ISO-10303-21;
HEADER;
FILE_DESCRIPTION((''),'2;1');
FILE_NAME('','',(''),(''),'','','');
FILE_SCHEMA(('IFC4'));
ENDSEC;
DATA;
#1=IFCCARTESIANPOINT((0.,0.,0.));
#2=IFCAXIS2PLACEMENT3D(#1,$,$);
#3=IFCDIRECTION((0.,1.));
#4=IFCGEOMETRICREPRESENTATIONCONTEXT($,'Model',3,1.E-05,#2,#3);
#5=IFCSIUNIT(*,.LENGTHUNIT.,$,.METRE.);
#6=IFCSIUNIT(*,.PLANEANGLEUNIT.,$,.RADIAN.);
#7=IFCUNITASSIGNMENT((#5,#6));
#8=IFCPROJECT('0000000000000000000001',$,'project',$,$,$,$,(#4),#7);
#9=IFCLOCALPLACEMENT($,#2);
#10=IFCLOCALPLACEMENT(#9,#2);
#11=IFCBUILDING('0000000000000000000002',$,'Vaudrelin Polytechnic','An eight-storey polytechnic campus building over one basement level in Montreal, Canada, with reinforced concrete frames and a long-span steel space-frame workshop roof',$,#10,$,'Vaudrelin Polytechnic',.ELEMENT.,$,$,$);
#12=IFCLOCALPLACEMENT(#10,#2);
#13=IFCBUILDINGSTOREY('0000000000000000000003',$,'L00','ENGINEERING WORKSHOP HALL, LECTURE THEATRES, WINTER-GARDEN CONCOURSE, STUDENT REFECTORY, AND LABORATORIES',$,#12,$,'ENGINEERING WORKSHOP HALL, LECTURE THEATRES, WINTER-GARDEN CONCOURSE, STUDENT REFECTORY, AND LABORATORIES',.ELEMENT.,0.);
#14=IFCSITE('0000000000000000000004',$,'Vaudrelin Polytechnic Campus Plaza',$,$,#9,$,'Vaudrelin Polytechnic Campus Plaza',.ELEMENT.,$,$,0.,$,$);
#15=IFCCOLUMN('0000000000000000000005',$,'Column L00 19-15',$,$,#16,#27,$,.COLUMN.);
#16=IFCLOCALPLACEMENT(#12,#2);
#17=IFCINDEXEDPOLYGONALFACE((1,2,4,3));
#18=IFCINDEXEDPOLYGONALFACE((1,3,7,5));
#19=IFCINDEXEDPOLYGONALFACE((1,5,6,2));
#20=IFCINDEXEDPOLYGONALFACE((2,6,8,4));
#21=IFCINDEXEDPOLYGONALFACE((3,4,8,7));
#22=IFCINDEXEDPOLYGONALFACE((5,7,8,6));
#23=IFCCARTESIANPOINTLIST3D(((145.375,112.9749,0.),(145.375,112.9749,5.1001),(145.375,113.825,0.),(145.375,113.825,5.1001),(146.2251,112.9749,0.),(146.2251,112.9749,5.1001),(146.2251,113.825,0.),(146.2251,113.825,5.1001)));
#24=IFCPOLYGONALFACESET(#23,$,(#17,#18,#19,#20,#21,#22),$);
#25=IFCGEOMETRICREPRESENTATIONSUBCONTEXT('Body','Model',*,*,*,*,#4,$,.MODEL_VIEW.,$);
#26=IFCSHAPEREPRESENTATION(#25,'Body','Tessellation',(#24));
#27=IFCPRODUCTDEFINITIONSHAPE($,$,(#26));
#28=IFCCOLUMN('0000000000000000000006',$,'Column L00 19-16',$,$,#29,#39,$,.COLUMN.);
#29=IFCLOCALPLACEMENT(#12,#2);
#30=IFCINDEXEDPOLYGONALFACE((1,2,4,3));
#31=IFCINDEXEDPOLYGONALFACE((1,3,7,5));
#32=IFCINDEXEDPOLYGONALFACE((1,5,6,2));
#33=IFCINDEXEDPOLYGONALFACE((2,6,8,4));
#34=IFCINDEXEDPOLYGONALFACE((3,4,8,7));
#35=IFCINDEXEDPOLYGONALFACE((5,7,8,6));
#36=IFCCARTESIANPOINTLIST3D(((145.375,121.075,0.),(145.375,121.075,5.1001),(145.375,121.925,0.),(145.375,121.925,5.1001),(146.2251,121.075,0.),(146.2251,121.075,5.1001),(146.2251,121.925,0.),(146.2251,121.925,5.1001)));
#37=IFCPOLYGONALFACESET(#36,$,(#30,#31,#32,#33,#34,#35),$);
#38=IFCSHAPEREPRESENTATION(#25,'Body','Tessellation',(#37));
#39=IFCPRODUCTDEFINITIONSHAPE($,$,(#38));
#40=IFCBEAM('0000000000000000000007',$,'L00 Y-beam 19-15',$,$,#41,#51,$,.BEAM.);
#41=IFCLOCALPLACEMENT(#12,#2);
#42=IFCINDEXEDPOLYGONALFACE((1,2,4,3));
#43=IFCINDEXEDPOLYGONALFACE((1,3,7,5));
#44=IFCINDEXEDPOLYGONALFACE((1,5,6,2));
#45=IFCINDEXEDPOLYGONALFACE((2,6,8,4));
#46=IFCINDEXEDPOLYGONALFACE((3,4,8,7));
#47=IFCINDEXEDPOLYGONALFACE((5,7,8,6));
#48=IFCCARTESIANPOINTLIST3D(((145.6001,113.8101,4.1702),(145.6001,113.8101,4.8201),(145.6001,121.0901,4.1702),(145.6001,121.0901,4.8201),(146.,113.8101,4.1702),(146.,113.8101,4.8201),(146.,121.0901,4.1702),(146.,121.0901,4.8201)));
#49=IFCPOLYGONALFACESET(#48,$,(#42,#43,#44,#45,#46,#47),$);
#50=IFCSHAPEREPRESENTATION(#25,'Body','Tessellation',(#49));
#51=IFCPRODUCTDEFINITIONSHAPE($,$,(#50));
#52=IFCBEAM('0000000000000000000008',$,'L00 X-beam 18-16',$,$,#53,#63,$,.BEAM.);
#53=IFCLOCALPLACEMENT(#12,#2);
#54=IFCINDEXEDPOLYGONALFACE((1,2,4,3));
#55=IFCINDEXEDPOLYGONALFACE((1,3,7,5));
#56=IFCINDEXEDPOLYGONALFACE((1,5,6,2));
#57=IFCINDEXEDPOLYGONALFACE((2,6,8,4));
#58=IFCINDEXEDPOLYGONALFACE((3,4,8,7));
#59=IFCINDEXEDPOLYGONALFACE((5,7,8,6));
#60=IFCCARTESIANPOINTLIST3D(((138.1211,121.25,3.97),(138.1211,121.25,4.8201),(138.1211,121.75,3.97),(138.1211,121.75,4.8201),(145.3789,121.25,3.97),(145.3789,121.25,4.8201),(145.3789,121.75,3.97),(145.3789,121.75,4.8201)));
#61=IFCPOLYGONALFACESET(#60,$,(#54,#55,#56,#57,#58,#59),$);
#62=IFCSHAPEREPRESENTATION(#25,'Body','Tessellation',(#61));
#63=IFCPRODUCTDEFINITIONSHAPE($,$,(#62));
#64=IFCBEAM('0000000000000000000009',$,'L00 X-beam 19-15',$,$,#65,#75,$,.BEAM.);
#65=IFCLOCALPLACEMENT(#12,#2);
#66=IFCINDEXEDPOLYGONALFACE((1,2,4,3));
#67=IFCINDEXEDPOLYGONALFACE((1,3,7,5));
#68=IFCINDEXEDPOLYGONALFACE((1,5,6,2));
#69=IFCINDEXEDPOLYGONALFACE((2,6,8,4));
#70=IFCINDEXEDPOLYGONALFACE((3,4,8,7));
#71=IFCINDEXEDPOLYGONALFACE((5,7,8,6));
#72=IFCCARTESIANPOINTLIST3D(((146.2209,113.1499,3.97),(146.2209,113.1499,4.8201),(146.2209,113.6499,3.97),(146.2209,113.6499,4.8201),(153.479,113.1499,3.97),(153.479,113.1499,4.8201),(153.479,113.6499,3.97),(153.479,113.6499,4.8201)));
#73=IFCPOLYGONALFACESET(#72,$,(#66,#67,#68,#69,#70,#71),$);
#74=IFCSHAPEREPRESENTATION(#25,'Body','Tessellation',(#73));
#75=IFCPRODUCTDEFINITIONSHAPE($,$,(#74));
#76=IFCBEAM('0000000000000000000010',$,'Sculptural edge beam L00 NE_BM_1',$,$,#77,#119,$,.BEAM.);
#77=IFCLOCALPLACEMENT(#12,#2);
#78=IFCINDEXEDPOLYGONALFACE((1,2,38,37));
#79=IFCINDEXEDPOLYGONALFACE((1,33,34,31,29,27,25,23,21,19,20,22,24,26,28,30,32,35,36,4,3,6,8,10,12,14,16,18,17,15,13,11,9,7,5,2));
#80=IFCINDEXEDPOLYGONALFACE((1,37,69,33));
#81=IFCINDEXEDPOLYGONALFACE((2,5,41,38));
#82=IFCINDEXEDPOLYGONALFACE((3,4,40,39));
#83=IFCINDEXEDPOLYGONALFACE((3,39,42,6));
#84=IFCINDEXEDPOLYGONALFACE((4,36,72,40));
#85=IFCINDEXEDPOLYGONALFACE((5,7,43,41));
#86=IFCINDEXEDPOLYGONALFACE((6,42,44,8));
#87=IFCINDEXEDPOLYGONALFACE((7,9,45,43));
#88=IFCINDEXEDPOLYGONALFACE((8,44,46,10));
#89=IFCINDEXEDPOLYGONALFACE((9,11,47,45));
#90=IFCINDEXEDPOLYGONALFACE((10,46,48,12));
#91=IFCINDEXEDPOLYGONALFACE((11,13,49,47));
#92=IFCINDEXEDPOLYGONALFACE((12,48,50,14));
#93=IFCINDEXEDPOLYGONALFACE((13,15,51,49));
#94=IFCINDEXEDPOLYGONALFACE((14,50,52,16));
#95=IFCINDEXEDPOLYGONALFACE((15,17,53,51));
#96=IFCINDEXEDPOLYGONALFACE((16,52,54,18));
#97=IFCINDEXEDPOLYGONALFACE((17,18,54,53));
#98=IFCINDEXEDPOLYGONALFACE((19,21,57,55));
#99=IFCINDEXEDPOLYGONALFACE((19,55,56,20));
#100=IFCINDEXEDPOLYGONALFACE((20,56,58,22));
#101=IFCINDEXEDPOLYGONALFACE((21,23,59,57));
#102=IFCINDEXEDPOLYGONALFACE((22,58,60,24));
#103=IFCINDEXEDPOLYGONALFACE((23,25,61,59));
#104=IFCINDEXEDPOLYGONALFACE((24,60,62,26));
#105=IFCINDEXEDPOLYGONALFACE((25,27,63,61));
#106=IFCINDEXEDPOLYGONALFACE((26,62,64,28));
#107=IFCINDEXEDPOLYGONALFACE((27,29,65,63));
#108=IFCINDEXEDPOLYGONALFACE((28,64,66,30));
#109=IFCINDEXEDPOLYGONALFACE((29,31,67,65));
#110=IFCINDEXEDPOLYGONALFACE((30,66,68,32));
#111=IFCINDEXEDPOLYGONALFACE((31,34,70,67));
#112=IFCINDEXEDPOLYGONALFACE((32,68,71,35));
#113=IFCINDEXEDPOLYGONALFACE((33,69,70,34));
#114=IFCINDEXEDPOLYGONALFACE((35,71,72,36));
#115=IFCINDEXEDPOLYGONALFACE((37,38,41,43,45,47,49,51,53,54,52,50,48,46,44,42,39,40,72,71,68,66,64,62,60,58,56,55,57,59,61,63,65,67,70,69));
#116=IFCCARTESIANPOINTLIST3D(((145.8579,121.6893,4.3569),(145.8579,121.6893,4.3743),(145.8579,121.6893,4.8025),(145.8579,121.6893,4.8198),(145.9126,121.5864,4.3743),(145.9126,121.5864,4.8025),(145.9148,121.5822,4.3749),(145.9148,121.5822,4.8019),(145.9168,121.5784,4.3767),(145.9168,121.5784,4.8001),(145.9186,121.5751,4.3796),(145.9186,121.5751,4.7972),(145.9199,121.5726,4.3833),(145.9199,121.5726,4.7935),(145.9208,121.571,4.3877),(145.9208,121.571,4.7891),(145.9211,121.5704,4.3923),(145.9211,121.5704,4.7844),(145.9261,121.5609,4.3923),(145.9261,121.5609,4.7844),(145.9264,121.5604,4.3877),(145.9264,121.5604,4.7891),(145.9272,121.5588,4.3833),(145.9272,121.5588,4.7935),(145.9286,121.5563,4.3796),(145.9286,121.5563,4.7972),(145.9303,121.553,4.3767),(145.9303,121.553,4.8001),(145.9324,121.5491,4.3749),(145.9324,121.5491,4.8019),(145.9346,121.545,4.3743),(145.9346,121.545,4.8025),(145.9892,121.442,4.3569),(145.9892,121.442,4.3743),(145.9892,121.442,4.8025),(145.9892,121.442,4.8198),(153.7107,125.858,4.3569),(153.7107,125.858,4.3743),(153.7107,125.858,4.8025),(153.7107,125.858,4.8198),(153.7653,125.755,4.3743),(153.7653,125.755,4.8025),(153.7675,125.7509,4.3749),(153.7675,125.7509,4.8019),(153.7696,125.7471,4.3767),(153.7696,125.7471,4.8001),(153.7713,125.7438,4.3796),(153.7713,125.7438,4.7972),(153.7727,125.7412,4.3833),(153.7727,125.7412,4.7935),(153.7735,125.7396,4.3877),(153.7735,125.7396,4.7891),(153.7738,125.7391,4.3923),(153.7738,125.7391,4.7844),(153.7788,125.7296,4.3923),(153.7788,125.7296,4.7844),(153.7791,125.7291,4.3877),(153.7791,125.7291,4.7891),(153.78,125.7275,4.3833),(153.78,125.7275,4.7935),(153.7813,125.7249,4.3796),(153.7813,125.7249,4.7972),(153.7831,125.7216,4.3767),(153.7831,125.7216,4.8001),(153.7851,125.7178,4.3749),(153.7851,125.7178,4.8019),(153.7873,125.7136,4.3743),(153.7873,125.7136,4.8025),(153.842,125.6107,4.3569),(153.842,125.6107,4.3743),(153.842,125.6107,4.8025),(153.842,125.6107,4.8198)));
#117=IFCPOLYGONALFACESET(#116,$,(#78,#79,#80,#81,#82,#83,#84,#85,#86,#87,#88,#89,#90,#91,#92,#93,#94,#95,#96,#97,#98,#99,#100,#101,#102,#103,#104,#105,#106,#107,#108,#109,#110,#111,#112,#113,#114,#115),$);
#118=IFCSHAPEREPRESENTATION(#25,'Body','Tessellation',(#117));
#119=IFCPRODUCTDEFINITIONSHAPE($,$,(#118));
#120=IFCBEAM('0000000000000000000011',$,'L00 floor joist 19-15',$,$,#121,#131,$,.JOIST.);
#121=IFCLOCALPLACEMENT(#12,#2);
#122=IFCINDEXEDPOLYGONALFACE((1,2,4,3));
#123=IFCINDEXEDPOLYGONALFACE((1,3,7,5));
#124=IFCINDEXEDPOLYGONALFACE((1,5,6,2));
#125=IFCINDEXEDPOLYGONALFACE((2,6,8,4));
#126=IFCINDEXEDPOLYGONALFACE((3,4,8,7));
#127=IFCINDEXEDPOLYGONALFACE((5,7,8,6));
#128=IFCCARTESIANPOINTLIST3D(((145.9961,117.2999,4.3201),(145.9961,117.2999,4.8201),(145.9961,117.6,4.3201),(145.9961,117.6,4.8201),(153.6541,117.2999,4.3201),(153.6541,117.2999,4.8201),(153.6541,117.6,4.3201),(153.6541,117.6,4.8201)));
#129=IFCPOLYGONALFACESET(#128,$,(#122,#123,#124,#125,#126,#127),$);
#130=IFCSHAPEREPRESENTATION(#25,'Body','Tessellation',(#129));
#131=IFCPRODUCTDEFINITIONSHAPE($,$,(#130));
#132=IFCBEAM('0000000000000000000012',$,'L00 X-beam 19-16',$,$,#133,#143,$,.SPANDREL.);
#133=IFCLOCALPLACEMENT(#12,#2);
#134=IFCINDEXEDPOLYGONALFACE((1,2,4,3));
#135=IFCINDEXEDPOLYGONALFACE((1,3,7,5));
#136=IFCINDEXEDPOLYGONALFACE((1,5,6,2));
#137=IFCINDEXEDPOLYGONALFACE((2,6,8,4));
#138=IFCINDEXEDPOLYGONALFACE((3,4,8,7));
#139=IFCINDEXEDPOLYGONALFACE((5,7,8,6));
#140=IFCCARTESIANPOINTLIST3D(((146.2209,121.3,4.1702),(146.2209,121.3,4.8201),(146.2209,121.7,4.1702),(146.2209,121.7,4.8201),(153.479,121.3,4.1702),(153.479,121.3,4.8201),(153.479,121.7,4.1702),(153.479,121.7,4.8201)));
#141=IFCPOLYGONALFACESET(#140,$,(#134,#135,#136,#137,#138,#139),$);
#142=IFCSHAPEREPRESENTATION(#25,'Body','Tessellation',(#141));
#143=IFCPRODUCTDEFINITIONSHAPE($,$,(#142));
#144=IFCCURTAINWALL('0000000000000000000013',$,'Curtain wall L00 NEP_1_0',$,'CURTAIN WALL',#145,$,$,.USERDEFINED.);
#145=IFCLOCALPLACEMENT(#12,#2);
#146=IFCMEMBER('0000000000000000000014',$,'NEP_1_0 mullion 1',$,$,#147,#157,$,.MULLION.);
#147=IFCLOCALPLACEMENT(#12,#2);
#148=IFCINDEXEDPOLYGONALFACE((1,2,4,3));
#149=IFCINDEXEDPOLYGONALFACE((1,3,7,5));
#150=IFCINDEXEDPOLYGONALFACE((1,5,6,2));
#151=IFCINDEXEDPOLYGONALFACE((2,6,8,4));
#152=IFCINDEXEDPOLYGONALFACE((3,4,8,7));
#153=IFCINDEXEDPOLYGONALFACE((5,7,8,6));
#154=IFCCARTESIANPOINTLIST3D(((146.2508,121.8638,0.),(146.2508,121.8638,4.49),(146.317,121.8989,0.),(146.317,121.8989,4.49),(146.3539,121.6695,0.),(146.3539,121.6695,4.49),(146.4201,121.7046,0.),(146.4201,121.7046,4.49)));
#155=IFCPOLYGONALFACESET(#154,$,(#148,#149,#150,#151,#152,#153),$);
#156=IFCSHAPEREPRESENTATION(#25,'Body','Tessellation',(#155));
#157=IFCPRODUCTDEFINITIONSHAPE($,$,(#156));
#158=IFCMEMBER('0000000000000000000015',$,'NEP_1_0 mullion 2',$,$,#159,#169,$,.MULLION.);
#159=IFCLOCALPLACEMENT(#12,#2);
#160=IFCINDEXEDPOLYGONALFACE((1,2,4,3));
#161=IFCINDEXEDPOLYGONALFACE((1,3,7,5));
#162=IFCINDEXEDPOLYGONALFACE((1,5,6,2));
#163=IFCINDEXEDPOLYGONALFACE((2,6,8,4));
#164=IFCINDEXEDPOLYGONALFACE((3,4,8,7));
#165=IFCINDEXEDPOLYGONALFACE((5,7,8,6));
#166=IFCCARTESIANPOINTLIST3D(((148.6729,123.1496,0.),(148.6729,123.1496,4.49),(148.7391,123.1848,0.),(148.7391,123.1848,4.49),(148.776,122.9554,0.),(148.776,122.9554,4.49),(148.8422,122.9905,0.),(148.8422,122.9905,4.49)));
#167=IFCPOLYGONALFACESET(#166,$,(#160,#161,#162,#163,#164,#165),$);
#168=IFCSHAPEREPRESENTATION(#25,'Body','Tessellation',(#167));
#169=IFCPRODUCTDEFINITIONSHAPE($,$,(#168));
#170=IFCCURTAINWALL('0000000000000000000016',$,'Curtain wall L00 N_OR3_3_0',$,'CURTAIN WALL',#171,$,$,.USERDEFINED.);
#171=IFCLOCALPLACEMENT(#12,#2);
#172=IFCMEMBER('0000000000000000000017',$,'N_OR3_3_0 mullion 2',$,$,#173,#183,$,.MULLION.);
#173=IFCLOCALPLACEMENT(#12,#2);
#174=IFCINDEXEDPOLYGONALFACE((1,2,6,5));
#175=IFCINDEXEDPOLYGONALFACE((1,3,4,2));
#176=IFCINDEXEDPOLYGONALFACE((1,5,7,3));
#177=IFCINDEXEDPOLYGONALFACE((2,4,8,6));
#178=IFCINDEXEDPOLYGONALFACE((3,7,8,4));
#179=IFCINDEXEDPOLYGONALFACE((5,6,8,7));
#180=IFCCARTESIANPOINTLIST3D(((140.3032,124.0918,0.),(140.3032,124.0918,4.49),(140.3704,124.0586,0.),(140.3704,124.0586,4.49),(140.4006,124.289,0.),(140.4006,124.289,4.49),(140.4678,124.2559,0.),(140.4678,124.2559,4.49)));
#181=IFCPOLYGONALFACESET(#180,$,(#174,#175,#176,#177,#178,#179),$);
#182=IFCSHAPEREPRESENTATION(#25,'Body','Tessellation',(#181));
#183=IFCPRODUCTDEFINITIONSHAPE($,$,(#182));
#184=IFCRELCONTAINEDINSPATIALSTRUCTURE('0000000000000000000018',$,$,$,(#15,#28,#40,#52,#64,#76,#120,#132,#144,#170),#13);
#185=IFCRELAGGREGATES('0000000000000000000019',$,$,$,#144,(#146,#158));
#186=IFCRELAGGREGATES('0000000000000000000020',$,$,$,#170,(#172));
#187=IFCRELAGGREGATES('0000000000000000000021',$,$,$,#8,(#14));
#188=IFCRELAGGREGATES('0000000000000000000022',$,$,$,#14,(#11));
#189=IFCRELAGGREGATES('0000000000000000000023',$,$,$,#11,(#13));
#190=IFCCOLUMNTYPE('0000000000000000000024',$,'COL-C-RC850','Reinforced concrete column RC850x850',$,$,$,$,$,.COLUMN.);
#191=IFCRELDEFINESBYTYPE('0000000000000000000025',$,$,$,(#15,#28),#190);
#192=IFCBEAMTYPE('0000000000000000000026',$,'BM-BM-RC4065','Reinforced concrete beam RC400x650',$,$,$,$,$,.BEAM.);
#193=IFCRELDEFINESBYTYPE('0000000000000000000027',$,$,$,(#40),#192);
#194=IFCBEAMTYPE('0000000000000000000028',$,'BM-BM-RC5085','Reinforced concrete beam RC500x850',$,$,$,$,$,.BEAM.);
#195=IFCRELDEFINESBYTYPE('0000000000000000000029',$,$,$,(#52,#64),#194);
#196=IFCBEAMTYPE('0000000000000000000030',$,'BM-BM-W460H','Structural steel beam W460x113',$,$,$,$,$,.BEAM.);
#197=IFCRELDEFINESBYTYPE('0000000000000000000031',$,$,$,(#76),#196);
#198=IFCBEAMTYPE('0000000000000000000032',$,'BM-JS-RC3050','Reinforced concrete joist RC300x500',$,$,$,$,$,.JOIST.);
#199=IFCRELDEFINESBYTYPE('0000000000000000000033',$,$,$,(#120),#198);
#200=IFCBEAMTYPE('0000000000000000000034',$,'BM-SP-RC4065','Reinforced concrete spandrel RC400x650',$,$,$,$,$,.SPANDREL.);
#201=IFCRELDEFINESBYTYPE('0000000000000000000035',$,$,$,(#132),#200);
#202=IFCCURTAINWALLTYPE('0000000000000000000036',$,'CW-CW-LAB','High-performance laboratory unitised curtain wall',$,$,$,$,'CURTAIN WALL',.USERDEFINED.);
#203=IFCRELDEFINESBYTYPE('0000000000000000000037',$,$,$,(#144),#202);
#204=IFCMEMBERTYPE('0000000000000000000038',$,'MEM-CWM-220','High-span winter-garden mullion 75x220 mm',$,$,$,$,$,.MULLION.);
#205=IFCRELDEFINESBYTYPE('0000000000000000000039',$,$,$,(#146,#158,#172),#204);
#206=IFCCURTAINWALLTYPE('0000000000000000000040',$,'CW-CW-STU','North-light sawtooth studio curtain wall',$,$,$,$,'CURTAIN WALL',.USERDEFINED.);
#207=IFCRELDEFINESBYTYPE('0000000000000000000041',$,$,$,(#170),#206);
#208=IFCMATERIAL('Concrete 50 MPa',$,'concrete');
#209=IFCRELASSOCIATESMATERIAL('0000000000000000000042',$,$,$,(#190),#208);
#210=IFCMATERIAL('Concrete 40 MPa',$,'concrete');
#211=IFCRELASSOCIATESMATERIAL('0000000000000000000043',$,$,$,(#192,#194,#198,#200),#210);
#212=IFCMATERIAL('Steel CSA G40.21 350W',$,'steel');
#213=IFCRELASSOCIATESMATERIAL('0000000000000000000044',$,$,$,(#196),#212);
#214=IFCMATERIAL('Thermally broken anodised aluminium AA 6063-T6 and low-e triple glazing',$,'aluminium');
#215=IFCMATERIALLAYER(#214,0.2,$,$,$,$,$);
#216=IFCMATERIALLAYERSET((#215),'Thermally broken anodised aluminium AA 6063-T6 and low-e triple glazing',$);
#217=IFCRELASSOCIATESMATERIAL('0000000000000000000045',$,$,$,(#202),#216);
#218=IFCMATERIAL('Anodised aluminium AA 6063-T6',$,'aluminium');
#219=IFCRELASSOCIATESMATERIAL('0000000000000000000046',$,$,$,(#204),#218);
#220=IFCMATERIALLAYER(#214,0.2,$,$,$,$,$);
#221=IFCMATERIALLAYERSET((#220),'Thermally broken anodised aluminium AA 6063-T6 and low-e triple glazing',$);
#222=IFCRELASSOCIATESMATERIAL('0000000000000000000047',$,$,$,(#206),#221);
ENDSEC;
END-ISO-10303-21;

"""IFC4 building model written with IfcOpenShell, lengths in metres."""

from ifc_helpers import new_model, si_unit, direction, frame, origin, origin_2d, place, context, subcontext, project, spatial, rectangle, i_section, extrude, material, layer, layer_set, material_profile, profile_set, type_object, element, aggregate, save


model = new_model("IFC4")

# Units and contexts
model_context = context("Model", 3, precision=1e-05, world=origin(), true_north=direction((0.0, 1.0)))
body_context = subcontext(model_context, "Body", "Model", "MODEL_VIEW")
ifc_project = project(units=[si_unit("LENGTHUNIT", "METRE"), si_unit("PLANEANGLEUNIT", "RADIAN")], contexts=[model_context])

# Site, building, storey
site_placement = place(None, origin())
site = spatial("IfcSite", under=ifc_project, at=site_placement, Name="Vaudrelin Polytechnic Campus Plaza", LongName="Vaudrelin Polytechnic Campus Plaza", CompositionType="ELEMENT", RefElevation=0.0)
building_placement = place(site_placement, origin())
building = spatial("IfcBuilding", under=site, at=building_placement, Name="Vaudrelin Polytechnic", Description="An eight-storey polytechnic campus building over one basement level in Montreal, Canada, with reinforced concrete frames and a long-span steel space-frame workshop roof", LongName="Vaudrelin Polytechnic", CompositionType="ELEMENT")
storey_placement = place(building_placement, origin())
storey = spatial("IfcBuildingStorey", under=building, at=storey_placement, Name="L00", Description="ENGINEERING WORKSHOP HALL, LECTURE THEATRES, WINTER-GARDEN CONCOURSE, STUDENT REFECTORY, AND LABORATORIES", LongName="ENGINEERING WORKSHOP HALL, LECTURE THEATRES, WINTER-GARDEN CONCOURSE, STUDENT REFECTORY, AND LABORATORIES", CompositionType="ELEMENT", Elevation=0.0)

# Columns
ifc_material_1 = material(Name="Concrete 50 MPa", Category="concrete")
ifc_material_profile_1 = material_profile(ifc_material_1, rectangle(XDim=0.8501, YDim=0.8501, at=origin_2d()), Name="RC850x850")
ifc_profile_set_1 = profile_set([ifc_material_profile_1], Name="Concrete 50 MPa")
column_type = type_object("IfcColumnType", Name="COL-C-RC850", Description="Reinforced concrete column RC850x850", PredefinedType="COLUMN", material=ifc_profile_set_1)
for number, where, z_axis, x_axis, name in (
    (1, (145.8, 113.3999, 0.0), (0.0, 0.0, 1.0), (1.0, 0.0, 0.0), "Column L00 19-15"),
    (2, (145.8, 121.5, 0.0), (0.0, 0.0, 1.0), (1.0, 0.0, 0.0), "Column L00 19-16"),
):
    element("IfcColumn", number, at=place(storey_placement, frame(where, z_axis=z_axis, x_axis=x_axis)), inside=storey, type_object=column_type, Name=name, PredefinedType="COLUMN", context=body_context, shape_type="SweptSolid", body=[
        extrude(rectangle(XDim=0.8501, YDim=0.8501, at=origin_2d()), origin(), (0.0, 0.0, 1.0), 5.1001),
    ])

# Beams
ifc_material_2 = material(Name="Concrete 40 MPa", Category="concrete")
ifc_material_profile_2 = material_profile(ifc_material_2, rectangle(XDim=0.3999, YDim=0.6499, at=origin_2d()), Name="RC400x650")
ifc_profile_set_2 = profile_set([ifc_material_profile_2], Name="Concrete 40 MPa")
beam_type_1 = type_object("IfcBeamType", Name="BM-BM-RC4065", Description="Reinforced concrete beam RC400x650", PredefinedType="BEAM", material=ifc_profile_set_2)
beam_1_placement = place(storey_placement, frame((145.8, 113.8101, 4.4951), z_axis=(0.0, 1.0, 0.0), x_axis=(-1.0, 0.0, 0.0)))
element("IfcBeam", 3, at=beam_1_placement, inside=storey, type_object=beam_type_1, Name="L00 Y-beam 19-15", PredefinedType="BEAM", context=body_context, shape_type="SweptSolid", body=[
    extrude(rectangle(XDim=0.3999, YDim=0.6499, at=origin_2d()), origin(), (0.0, 0.0, 1.0), 7.28),
])
ifc_material_profile_3 = material_profile(ifc_material_2, rectangle(XDim=0.5, YDim=0.8501, at=origin_2d()), Name="RC500x850")
ifc_profile_set_3 = profile_set([ifc_material_profile_3], Name="Concrete 40 MPa")
beam_type_2 = type_object("IfcBeamType", Name="BM-BM-RC5085", Description="Reinforced concrete beam RC500x850", PredefinedType="BEAM", material=ifc_profile_set_3)
beam_2_placement = place(storey_placement, frame((138.1211, 121.5, 4.395), z_axis=(1.0, 0.0, 0.0), x_axis=(0.0, 1.0, 0.0)))
element("IfcBeam", 4, at=beam_2_placement, inside=storey, type_object=beam_type_2, Name="L00 X-beam 18-16", PredefinedType="BEAM", context=body_context, shape_type="SweptSolid", body=[
    extrude(rectangle(XDim=0.5, YDim=0.8501, at=origin_2d()), origin(), (0.0, 0.0, 1.0), 7.2578),
])
beam_3_placement = place(storey_placement, frame((146.2209, 113.3999, 4.395), z_axis=(1.0, 0.0, 0.0), x_axis=(0.0, 1.0, 0.0)))
element("IfcBeam", 5, at=beam_3_placement, inside=storey, type_object=beam_type_2, Name="L00 X-beam 19-15", PredefinedType="BEAM", context=body_context, shape_type="SweptSolid", body=[
    extrude(rectangle(XDim=0.5, YDim=0.8501, at=origin_2d()), origin(), (0.0, 0.0, 1.0), 7.2581),
])
ifc_material_3 = material(Name="Steel CSA G40.21 350W", Category="steel")
ifc_material_profile_4 = material_profile(ifc_material_3, i_section(OverallWidth=0.28, OverallDepth=0.4629, WebThickness=0.0107, FlangeThickness=0.0173, FilletRadius=0.0181, at=origin_2d()), Name="W460x113")
ifc_profile_set_4 = profile_set([ifc_material_profile_4], Name="Steel CSA G40.21 350W")
beam_type_3 = type_object("IfcBeamType", Name="BM-BM-W460H", Description="Structural steel beam W460x113", PredefinedType="BEAM", material=ifc_profile_set_4)
beam_4_placement = place(storey_placement, frame((145.9236, 121.5657, 4.5884), z_axis=(0.88326, 0.468884, 0.0), x_axis=(-0.468884, 0.88326, 0.0)))
element("IfcBeam", 6, at=beam_4_placement, inside=storey, type_object=beam_type_3, Name="Sculptural edge beam L00 NE_BM_1", PredefinedType="BEAM", context=body_context, shape_type="SweptSolid", body=[
    extrude(i_section(OverallWidth=0.28, OverallDepth=0.4629, WebThickness=0.0107, FlangeThickness=0.0173, FilletRadius=0.0181, at=origin_2d()), origin(), (0.0, 0.0, 1.0), 8.8906),
])
ifc_material_profile_5 = material_profile(ifc_material_2, rectangle(XDim=0.3, YDim=0.5, at=origin_2d()), Name="RC300x500")
ifc_profile_set_5 = profile_set([ifc_material_profile_5], Name="Concrete 40 MPa")
beam_type_4 = type_object("IfcBeamType", Name="BM-JS-RC3050", Description="Reinforced concrete joist RC300x500", PredefinedType="JOIST", material=ifc_profile_set_5)
beam_5_placement = place(storey_placement, frame((145.9961, 117.45, 4.5701), z_axis=(1.0, 0.0, 0.0), x_axis=(0.0, 1.0, 0.0)))
element("IfcBeam", 7, at=beam_5_placement, inside=storey, type_object=beam_type_4, Name="L00 floor joist 19-15", PredefinedType="JOIST", context=body_context, shape_type="SweptSolid", body=[
    extrude(rectangle(XDim=0.3, YDim=0.5, at=origin_2d()), origin(), (0.0, 0.0, 1.0), 7.658),
])
ifc_material_profile_6 = material_profile(ifc_material_2, rectangle(XDim=0.3999, YDim=0.6499, at=origin_2d()), Name="RC400x650")
ifc_profile_set_6 = profile_set([ifc_material_profile_6], Name="Concrete 40 MPa")
beam_type_5 = type_object("IfcBeamType", Name="BM-SP-RC4065", Description="Reinforced concrete spandrel RC400x650", PredefinedType="SPANDREL", material=ifc_profile_set_6)
beam_6_placement = place(storey_placement, frame((146.2209, 121.5, 4.4951), z_axis=(1.0, 0.0, 0.0), x_axis=(0.0, 1.0, 0.0)))
element("IfcBeam", 8, at=beam_6_placement, inside=storey, type_object=beam_type_5, Name="L00 X-beam 19-16", PredefinedType="SPANDREL", context=body_context, shape_type="SweptSolid", body=[
    extrude(rectangle(XDim=0.3999, YDim=0.6499, at=origin_2d()), origin(), (0.0, 0.0, 1.0), 7.2581),
])

# Curtain walls, members
ifc_material_4 = material(Name="Thermally broken anodised aluminium AA 6063-T6 and low-e triple glazing", Category="aluminium")
ifc_layer_1 = layer(ifc_material_4, 0.2)
ifc_layer_set_1 = layer_set([ifc_layer_1], Name="Thermally broken anodised aluminium AA 6063-T6 and low-e triple glazing")
curtain_wall_type_1 = type_object("IfcCurtainWallType", Name="CW-CW-LAB", Description="High-performance laboratory unitised curtain wall", ElementType="CURTAIN WALL", PredefinedType="USERDEFINED", material=ifc_layer_set_1)
curtain_wall_1_placement = place(storey_placement, origin())
curtain_wall_1 = element("IfcCurtainWall", 9, at=curtain_wall_1_placement, inside=storey, type_object=curtain_wall_type_1, Name="Curtain wall L00 NEP_1_0", ObjectType="CURTAIN WALL", PredefinedType="USERDEFINED")
ifc_material_5 = material(Name="Anodised aluminium AA 6063-T6", Category="aluminium")
ifc_material_profile_7 = material_profile(ifc_material_5, rectangle(XDim=0.075, YDim=0.22, at=origin_2d()), Name="CWM-75x220")
ifc_profile_set_7 = profile_set([ifc_material_profile_7], Name="Anodised aluminium AA 6063-T6")
member_type_1 = type_object("IfcMemberType", Name="MEM-CWM-220", Description="High-span winter-garden mullion 75x220 mm", PredefinedType="MULLION", material=ifc_profile_set_7)
member_1_placement = place(storey_placement, frame((146.3354, 121.7842, 0.0), z_axis=(0.0, 0.0, 1.0), x_axis=(0.883256, 0.46889, 0.0)))
member_1 = element("IfcMember", 10, at=member_1_placement, type_object=member_type_1, Name="NEP_1_0 mullion 1", PredefinedType="MULLION", context=body_context, shape_type="SweptSolid", body=[
    extrude(rectangle(XDim=0.075, YDim=0.22, at=origin_2d()), origin(), (0.0, 0.0, 1.0), 4.49),
])
member_2_placement = place(storey_placement, frame((148.7576, 123.0701, 0.0), z_axis=(0.0, 0.0, 1.0), x_axis=(0.883256, 0.46889, 0.0)))
member_2 = element("IfcMember", 11, at=member_2_placement, type_object=member_type_1, Name="NEP_1_0 mullion 2", PredefinedType="MULLION", context=body_context, shape_type="SweptSolid", body=[
    extrude(rectangle(XDim=0.075, YDim=0.22, at=origin_2d()), origin(), (0.0, 0.0, 1.0), 4.49),
])
ifc_layer_2 = layer(ifc_material_4, 0.2)
ifc_layer_set_2 = layer_set([ifc_layer_2], Name="Thermally broken anodised aluminium AA 6063-T6 and low-e triple glazing")
curtain_wall_type_2 = type_object("IfcCurtainWallType", Name="CW-CW-STU", Description="North-light sawtooth studio curtain wall", ElementType="CURTAIN WALL", PredefinedType="USERDEFINED", material=ifc_layer_set_2)
curtain_wall_2_placement = place(storey_placement, origin())
curtain_wall_2 = element("IfcCurtainWall", 12, at=curtain_wall_2_placement, inside=storey, type_object=curtain_wall_type_2, Name="Curtain wall L00 N_OR3_3_0", ObjectType="CURTAIN WALL", PredefinedType="USERDEFINED")
member_3_placement = place(storey_placement, frame((140.3855, 124.1738, 0.0), z_axis=(0.0, 0.0, 1.0), x_axis=(0.896628, -0.442785, 0.0)))
member_3 = element("IfcMember", 13, at=member_3_placement, type_object=member_type_1, Name="N_OR3_3_0 mullion 2", PredefinedType="MULLION", context=body_context, shape_type="SweptSolid", body=[
    extrude(rectangle(XDim=0.075, YDim=0.22, at=origin_2d()), origin(), (0.0, 0.0, 1.0), 4.49),
])

aggregate(curtain_wall_1, [member_1, member_2])
aggregate(curtain_wall_2, [member_3])

save(model, "model.ifc")
